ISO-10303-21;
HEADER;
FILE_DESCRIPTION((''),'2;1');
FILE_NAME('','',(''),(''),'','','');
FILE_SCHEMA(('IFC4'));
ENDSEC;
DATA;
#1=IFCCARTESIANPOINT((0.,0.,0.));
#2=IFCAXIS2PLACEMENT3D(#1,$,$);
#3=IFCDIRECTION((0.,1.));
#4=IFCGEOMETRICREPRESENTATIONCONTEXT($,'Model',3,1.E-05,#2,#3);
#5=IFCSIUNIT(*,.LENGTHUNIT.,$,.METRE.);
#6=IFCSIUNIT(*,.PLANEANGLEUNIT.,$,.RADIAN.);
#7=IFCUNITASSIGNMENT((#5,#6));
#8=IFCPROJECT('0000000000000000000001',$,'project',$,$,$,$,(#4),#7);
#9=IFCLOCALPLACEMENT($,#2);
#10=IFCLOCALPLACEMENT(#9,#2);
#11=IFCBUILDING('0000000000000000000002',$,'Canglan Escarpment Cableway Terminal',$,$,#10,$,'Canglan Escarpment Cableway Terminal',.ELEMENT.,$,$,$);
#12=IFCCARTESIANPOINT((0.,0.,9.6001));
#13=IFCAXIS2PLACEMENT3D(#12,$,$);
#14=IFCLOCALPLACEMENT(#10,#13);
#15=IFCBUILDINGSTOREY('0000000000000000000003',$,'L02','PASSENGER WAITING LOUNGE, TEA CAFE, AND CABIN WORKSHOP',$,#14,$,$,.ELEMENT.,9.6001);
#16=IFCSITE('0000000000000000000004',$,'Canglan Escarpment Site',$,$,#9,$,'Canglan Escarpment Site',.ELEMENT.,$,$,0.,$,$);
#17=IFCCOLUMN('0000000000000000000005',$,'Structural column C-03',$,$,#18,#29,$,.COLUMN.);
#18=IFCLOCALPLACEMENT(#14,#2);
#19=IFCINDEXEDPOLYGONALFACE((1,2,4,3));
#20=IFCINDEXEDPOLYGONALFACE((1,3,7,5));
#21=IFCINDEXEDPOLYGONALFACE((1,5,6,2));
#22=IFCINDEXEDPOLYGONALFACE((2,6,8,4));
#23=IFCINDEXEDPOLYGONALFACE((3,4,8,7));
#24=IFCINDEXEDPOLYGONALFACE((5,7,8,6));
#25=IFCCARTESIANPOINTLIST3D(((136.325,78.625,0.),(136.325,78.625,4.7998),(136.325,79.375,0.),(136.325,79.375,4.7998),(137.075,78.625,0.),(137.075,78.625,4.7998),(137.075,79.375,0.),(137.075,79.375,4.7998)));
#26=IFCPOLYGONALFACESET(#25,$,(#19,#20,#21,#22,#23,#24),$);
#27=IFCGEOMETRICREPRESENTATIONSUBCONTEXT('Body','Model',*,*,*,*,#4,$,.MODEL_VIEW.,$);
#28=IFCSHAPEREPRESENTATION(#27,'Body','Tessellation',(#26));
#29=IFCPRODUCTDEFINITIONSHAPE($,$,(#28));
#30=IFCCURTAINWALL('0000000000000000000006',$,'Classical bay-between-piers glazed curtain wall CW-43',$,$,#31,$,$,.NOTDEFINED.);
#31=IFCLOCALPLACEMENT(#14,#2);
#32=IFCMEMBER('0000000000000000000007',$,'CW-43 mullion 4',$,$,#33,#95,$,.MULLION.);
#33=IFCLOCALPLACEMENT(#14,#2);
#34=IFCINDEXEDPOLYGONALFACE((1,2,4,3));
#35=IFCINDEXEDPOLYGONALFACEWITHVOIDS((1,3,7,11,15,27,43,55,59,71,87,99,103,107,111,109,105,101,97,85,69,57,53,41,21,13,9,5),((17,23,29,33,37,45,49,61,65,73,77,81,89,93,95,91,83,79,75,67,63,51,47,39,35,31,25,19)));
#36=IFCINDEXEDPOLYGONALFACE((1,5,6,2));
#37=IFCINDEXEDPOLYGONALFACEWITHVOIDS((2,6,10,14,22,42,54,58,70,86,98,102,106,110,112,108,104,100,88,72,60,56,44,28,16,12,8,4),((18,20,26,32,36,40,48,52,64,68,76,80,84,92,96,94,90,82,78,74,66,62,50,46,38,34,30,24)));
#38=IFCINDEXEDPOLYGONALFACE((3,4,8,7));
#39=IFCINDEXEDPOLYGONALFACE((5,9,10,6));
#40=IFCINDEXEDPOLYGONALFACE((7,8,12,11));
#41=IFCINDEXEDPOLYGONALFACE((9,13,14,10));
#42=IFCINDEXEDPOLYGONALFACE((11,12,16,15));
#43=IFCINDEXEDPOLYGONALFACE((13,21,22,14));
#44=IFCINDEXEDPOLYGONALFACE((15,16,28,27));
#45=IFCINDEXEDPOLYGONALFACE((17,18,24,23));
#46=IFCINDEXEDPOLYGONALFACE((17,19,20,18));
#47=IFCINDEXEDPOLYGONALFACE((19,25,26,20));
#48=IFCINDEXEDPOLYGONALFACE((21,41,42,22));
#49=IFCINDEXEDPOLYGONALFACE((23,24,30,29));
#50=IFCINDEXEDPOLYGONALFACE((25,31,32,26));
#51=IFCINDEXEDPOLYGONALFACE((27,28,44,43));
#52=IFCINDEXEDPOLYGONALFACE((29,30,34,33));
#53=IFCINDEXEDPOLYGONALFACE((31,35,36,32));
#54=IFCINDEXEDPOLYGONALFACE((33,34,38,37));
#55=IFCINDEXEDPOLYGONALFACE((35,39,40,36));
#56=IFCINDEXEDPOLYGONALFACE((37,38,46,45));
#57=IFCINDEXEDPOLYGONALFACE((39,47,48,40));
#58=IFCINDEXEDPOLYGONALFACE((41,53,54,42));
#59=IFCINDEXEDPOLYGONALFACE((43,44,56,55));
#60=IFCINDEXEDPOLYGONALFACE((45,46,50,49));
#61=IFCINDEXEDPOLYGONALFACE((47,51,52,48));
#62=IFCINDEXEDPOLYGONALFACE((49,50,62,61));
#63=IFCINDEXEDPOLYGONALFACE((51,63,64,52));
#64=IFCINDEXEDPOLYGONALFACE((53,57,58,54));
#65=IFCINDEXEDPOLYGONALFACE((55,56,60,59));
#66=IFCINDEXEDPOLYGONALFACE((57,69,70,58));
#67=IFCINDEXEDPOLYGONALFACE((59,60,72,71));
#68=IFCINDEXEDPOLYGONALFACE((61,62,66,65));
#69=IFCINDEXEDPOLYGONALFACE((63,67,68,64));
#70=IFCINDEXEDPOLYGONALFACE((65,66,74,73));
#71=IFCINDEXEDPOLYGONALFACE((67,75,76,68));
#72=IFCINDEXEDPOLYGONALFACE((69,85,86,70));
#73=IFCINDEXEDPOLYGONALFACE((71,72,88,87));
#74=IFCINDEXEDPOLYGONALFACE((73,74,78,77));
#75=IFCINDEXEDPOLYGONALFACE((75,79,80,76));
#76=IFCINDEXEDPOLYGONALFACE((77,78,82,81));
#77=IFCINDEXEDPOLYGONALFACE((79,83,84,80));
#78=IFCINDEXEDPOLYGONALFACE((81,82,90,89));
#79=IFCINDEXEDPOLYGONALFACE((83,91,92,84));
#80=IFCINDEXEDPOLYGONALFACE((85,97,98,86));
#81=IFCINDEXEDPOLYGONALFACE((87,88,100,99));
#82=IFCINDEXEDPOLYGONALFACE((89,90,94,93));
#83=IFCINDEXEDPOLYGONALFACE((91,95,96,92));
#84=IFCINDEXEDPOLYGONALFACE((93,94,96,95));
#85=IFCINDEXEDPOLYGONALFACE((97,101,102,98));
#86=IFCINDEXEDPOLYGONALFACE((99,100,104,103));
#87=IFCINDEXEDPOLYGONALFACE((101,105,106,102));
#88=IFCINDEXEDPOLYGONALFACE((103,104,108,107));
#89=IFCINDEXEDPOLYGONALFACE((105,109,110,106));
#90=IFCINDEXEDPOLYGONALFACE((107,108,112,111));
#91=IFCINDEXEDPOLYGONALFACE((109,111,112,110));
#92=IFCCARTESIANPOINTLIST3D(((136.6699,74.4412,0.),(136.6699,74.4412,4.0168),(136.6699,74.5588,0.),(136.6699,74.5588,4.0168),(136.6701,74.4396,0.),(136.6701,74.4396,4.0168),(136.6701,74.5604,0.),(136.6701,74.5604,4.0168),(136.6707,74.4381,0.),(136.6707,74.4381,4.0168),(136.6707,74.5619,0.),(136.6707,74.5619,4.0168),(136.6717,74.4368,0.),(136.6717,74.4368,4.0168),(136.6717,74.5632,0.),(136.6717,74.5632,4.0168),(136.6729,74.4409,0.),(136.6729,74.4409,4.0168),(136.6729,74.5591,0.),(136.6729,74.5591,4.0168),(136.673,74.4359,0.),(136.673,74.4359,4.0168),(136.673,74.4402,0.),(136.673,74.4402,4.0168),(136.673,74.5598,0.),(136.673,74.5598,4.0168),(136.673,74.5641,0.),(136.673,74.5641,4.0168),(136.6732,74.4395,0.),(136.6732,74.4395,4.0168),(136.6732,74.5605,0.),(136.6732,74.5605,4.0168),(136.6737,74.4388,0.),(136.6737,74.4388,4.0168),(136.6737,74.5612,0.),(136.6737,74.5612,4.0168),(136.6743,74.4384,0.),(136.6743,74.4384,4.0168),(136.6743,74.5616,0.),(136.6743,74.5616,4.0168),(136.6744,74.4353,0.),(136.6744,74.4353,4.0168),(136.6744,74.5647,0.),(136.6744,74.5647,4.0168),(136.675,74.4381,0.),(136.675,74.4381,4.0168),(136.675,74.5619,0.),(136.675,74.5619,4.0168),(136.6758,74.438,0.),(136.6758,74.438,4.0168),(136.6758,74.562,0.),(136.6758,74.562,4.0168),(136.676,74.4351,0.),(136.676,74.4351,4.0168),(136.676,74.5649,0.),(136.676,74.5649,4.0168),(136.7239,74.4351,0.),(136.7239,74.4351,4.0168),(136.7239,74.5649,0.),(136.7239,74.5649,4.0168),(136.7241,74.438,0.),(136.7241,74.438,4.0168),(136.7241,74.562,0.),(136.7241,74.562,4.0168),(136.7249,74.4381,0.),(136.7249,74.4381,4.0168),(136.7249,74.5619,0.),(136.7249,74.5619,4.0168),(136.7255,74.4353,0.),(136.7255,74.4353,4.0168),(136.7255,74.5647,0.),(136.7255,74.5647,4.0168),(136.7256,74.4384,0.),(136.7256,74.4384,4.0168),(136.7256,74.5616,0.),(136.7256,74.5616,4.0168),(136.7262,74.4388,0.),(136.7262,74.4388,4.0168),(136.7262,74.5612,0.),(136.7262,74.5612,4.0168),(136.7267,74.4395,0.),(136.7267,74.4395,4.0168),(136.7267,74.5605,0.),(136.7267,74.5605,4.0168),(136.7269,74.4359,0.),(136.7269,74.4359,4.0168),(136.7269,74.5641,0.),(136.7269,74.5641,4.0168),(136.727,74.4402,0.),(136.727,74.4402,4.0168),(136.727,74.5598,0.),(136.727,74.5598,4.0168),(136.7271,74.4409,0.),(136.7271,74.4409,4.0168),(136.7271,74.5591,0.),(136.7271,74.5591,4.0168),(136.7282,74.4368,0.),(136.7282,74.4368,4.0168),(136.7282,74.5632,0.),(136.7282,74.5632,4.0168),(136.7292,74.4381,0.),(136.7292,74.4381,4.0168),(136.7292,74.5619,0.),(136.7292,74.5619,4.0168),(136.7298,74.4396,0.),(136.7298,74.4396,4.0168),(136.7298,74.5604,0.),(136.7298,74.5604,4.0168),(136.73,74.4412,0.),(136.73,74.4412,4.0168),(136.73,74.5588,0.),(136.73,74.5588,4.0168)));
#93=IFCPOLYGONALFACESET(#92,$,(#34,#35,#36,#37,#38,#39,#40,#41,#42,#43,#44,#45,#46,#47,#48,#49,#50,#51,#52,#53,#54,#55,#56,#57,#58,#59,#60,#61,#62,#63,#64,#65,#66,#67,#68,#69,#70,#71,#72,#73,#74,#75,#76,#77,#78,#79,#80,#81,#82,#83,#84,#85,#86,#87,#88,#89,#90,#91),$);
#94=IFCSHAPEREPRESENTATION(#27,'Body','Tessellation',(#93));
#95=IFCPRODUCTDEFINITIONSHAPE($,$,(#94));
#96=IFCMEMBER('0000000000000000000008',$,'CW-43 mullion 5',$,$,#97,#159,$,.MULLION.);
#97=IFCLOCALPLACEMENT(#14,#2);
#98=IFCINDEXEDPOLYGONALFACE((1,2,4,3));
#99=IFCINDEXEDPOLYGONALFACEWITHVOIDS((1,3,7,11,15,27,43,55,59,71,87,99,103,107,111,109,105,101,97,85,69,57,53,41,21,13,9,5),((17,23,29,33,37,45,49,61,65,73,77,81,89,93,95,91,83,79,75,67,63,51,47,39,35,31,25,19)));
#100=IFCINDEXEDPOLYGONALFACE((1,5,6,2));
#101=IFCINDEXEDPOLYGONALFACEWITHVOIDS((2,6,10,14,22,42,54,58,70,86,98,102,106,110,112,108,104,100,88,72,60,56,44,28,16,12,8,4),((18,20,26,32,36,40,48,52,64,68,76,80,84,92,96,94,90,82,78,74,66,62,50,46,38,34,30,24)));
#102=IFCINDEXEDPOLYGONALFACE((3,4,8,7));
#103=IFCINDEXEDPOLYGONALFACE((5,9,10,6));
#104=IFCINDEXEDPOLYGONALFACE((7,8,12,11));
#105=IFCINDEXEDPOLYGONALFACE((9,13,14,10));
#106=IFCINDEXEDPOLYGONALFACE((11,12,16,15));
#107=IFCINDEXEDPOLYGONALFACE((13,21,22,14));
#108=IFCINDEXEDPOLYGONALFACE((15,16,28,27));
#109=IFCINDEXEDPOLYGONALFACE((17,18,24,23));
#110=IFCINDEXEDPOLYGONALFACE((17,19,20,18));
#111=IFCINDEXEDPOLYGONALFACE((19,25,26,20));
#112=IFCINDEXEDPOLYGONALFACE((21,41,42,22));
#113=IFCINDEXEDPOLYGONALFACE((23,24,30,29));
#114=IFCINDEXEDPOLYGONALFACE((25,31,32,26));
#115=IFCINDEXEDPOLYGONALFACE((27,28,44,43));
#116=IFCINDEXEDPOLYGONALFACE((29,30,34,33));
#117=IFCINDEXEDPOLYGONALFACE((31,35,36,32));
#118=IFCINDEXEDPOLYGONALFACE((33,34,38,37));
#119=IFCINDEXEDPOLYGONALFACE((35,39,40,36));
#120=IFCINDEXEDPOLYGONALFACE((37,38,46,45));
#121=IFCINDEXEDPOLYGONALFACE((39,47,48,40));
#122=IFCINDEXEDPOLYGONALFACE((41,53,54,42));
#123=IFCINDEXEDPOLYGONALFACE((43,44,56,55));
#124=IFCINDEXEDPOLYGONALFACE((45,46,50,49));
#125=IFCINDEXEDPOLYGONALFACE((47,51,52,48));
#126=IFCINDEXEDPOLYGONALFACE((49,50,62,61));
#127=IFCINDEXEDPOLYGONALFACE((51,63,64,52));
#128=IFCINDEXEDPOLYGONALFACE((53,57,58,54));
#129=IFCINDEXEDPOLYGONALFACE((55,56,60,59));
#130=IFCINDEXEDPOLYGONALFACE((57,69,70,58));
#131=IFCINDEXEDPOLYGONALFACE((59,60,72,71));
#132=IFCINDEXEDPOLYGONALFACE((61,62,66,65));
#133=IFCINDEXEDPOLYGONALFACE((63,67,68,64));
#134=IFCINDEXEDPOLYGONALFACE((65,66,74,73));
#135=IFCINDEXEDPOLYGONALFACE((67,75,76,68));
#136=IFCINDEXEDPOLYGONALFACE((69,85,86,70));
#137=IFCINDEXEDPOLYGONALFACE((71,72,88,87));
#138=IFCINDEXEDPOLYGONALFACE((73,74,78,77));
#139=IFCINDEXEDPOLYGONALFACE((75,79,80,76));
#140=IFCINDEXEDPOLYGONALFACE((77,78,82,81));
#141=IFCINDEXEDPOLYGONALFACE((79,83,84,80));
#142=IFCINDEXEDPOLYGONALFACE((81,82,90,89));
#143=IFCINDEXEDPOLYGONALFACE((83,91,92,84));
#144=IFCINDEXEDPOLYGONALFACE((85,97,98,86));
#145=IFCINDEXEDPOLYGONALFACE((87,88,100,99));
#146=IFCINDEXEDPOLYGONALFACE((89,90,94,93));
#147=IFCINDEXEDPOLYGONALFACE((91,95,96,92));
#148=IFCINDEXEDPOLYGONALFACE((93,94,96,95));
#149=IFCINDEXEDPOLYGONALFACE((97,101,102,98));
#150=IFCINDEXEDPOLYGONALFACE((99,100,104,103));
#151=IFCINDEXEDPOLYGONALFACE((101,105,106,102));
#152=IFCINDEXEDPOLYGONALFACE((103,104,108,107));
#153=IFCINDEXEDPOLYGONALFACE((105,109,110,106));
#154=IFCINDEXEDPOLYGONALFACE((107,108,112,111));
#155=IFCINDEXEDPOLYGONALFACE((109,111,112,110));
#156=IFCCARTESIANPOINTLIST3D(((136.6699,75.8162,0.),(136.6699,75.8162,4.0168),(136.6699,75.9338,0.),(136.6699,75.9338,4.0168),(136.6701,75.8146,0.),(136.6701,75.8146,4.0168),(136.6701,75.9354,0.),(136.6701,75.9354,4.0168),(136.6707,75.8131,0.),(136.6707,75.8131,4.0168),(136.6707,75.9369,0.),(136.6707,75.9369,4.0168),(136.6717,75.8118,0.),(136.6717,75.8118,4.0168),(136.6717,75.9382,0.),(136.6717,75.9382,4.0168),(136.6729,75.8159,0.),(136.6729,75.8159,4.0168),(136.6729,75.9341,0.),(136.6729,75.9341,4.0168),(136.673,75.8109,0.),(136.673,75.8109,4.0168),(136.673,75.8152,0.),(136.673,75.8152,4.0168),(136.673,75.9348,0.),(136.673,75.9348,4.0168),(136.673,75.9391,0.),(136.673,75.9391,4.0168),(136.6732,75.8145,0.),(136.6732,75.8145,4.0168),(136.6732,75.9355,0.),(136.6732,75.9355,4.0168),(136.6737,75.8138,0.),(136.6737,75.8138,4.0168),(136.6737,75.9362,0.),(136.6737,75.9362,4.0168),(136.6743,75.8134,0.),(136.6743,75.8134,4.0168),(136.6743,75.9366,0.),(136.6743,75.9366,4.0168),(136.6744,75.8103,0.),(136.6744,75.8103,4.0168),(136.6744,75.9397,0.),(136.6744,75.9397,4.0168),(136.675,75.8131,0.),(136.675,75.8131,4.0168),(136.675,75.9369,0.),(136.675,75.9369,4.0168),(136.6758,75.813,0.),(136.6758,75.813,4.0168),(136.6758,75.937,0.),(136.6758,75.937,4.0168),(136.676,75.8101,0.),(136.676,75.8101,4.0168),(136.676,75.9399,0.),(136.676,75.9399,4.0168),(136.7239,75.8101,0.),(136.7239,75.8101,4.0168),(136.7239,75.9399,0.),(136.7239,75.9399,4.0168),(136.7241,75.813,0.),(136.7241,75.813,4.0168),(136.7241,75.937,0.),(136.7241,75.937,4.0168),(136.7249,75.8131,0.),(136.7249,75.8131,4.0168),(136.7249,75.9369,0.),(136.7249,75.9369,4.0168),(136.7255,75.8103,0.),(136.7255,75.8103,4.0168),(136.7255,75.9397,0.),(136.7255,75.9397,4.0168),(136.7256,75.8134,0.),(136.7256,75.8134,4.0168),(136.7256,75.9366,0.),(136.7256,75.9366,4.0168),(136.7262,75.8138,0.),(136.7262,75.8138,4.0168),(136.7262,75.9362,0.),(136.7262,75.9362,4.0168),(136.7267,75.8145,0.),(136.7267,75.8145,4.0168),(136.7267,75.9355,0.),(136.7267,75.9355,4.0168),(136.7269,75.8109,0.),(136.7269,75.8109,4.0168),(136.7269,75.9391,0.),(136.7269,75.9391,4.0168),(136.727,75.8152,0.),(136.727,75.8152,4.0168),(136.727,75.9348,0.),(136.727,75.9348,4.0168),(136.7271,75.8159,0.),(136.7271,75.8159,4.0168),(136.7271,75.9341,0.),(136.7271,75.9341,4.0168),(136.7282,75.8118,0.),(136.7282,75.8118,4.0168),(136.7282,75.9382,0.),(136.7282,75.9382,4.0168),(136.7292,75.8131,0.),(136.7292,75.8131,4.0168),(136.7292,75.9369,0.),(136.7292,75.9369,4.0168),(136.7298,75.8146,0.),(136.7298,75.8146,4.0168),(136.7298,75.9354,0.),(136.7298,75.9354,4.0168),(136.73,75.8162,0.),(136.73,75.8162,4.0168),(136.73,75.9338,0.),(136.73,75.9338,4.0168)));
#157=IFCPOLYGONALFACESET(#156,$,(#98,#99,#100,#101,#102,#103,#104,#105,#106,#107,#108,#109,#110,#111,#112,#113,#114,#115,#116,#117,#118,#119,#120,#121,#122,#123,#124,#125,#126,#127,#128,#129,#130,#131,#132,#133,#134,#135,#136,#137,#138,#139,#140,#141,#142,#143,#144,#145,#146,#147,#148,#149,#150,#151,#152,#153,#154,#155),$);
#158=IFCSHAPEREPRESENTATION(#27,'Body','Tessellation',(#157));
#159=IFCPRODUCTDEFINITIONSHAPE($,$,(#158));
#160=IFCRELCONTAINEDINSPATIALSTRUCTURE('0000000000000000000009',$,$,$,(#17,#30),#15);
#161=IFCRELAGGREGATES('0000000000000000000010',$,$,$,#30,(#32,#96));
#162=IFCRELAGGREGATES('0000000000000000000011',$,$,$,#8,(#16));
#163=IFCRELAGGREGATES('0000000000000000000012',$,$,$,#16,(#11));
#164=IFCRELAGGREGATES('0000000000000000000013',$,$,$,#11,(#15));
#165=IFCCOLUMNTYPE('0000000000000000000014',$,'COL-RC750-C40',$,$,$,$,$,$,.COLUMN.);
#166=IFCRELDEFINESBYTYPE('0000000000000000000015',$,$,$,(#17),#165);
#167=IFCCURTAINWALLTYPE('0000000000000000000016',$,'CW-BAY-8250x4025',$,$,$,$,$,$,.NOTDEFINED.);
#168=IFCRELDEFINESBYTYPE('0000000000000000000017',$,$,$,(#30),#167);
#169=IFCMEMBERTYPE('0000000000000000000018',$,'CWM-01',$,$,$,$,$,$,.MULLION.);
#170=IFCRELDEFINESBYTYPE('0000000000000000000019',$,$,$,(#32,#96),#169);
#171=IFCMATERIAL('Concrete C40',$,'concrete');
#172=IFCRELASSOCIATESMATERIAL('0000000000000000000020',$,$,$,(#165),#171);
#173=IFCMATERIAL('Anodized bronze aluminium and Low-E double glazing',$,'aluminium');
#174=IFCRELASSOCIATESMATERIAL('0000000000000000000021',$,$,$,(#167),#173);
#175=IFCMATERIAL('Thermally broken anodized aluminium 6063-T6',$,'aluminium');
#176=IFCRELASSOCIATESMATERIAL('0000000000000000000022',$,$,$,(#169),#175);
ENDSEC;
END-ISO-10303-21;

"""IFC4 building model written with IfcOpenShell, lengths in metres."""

from ifc_helpers import new_model, si_unit, direction, frame, origin, origin_2d, place, context, subcontext, project, spatial, rectangle, hollow_rectangle, extrude, material, material_profile, profile_set, type_object, element, aggregate, save


model = new_model("IFC4")

# Units and contexts
model_context = context("Model", 3, precision=1e-05, world=origin(), true_north=direction((0.0, 1.0)))
body_context = subcontext(model_context, "Body", "Model", "MODEL_VIEW")
ifc_project = project(units=[si_unit("LENGTHUNIT", "METRE"), si_unit("PLANEANGLEUNIT", "RADIAN")], contexts=[model_context])

# Site, building, storey
site_placement = place(None, origin())
site = spatial("IfcSite", under=ifc_project, at=site_placement, Name="Canglan Escarpment Site", LongName="Canglan Escarpment Site", CompositionType="ELEMENT", RefElevation=0.0)
building_placement = place(site_placement, origin())
building = spatial("IfcBuilding", under=site, at=building_placement, Name="Canglan Escarpment Cableway Terminal", LongName="Canglan Escarpment Cableway Terminal", CompositionType="ELEMENT")
storey_placement = place(building_placement, frame((0.0, 0.0, 9.6001)))
storey = spatial("IfcBuildingStorey", under=building, at=storey_placement, Name="L02", Description="PASSENGER WAITING LOUNGE, TEA CAFE, AND CABIN WORKSHOP", CompositionType="ELEMENT", Elevation=9.6001)

# Column
ifc_material_1 = material(Name="Concrete C40", Category="concrete")
ifc_material_profile_1 = material_profile(ifc_material_1, rectangle(XDim=0.75, YDim=0.75, at=origin_2d()), Name="RC 750x750")
ifc_profile_set_1 = profile_set([ifc_material_profile_1], Name="Concrete C40")
column_type = type_object("IfcColumnType", Name="COL-RC750-C40", PredefinedType="COLUMN", material=ifc_profile_set_1)
column_placement = place(storey_placement, frame((136.7, 79.0, 0.0), z_axis=(0.0, 0.0, 1.0), x_axis=(1.0, 0.0, 0.0)))
element("IfcColumn", 1, at=column_placement, inside=storey, type_object=column_type, Name="Structural column C-03", PredefinedType="COLUMN", context=body_context, shape_type="SweptSolid", body=[
    extrude(rectangle(XDim=0.75, YDim=0.75, at=origin_2d()), origin(), (0.0, 0.0, 1.0), 4.7998),
])

# Curtain wall, members
ifc_material_2 = material(Name="Anodized bronze aluminium and Low-E double glazing", Category="aluminium")
curtain_wall_type = type_object("IfcCurtainWallType", Name="CW-BAY-8250x4025", PredefinedType="NOTDEFINED", material=ifc_material_2)
curtain_wall_placement = place(storey_placement, origin())
curtain_wall = element("IfcCurtainWall", 2, at=curtain_wall_placement, inside=storey, type_object=curtain_wall_type, Name="Classical bay-between-piers glazed curtain wall CW-43", PredefinedType="NOTDEFINED")
ifc_material_3 = material(Name="Thermally broken anodized aluminium 6063-T6", Category="aluminium")
ifc_material_profile_2 = material_profile(ifc_material_3, hollow_rectangle(XDim=0.0601, YDim=0.1299, WallThickness=0.0029, InnerFilletRadius=0.0029, OuterFilletRadius=0.0061, at=origin_2d()), Name="ALU-MULL 60x130x3")
ifc_profile_set_2 = profile_set([ifc_material_profile_2], Name="Thermally broken anodized aluminium 6063-T6")
member_type_1 = type_object("IfcMemberType", Name="CWM-01", PredefinedType="MULLION", material=ifc_profile_set_2)
member_1_placement = place(storey_placement, frame((136.7, 74.5, 0.0), z_axis=(0.0, 0.0, 1.0), x_axis=(-1.0, 0.0, 0.0)))
member_1 = element("IfcMember", 3, at=member_1_placement, type_object=member_type_1, Name="CW-43 mullion 4", PredefinedType="MULLION", context=body_context, shape_type="SweptSolid", body=[
    extrude(hollow_rectangle(XDim=0.0601, YDim=0.1299, WallThickness=0.0029, InnerFilletRadius=0.0029, OuterFilletRadius=0.0061, at=origin_2d()), origin(), (0.0, 0.0, 1.0), 4.0168),
])
member_2_placement = place(storey_placement, frame((136.7, 75.875, 0.0), z_axis=(0.0, 0.0, 1.0), x_axis=(-1.0, 0.0, 0.0)))
member_2 = element("IfcMember", 4, at=member_2_placement, type_object=member_type_1, Name="CW-43 mullion 5", PredefinedType="MULLION", context=body_context, shape_type="SweptSolid", body=[
    extrude(hollow_rectangle(XDim=0.0601, YDim=0.1299, WallThickness=0.0029, InnerFilletRadius=0.0029, OuterFilletRadius=0.0061, at=origin_2d()), origin(), (0.0, 0.0, 1.0), 4.0168),
])
aggregate(curtain_wall, [member_1, member_2])

save(model, "model.ifc")
